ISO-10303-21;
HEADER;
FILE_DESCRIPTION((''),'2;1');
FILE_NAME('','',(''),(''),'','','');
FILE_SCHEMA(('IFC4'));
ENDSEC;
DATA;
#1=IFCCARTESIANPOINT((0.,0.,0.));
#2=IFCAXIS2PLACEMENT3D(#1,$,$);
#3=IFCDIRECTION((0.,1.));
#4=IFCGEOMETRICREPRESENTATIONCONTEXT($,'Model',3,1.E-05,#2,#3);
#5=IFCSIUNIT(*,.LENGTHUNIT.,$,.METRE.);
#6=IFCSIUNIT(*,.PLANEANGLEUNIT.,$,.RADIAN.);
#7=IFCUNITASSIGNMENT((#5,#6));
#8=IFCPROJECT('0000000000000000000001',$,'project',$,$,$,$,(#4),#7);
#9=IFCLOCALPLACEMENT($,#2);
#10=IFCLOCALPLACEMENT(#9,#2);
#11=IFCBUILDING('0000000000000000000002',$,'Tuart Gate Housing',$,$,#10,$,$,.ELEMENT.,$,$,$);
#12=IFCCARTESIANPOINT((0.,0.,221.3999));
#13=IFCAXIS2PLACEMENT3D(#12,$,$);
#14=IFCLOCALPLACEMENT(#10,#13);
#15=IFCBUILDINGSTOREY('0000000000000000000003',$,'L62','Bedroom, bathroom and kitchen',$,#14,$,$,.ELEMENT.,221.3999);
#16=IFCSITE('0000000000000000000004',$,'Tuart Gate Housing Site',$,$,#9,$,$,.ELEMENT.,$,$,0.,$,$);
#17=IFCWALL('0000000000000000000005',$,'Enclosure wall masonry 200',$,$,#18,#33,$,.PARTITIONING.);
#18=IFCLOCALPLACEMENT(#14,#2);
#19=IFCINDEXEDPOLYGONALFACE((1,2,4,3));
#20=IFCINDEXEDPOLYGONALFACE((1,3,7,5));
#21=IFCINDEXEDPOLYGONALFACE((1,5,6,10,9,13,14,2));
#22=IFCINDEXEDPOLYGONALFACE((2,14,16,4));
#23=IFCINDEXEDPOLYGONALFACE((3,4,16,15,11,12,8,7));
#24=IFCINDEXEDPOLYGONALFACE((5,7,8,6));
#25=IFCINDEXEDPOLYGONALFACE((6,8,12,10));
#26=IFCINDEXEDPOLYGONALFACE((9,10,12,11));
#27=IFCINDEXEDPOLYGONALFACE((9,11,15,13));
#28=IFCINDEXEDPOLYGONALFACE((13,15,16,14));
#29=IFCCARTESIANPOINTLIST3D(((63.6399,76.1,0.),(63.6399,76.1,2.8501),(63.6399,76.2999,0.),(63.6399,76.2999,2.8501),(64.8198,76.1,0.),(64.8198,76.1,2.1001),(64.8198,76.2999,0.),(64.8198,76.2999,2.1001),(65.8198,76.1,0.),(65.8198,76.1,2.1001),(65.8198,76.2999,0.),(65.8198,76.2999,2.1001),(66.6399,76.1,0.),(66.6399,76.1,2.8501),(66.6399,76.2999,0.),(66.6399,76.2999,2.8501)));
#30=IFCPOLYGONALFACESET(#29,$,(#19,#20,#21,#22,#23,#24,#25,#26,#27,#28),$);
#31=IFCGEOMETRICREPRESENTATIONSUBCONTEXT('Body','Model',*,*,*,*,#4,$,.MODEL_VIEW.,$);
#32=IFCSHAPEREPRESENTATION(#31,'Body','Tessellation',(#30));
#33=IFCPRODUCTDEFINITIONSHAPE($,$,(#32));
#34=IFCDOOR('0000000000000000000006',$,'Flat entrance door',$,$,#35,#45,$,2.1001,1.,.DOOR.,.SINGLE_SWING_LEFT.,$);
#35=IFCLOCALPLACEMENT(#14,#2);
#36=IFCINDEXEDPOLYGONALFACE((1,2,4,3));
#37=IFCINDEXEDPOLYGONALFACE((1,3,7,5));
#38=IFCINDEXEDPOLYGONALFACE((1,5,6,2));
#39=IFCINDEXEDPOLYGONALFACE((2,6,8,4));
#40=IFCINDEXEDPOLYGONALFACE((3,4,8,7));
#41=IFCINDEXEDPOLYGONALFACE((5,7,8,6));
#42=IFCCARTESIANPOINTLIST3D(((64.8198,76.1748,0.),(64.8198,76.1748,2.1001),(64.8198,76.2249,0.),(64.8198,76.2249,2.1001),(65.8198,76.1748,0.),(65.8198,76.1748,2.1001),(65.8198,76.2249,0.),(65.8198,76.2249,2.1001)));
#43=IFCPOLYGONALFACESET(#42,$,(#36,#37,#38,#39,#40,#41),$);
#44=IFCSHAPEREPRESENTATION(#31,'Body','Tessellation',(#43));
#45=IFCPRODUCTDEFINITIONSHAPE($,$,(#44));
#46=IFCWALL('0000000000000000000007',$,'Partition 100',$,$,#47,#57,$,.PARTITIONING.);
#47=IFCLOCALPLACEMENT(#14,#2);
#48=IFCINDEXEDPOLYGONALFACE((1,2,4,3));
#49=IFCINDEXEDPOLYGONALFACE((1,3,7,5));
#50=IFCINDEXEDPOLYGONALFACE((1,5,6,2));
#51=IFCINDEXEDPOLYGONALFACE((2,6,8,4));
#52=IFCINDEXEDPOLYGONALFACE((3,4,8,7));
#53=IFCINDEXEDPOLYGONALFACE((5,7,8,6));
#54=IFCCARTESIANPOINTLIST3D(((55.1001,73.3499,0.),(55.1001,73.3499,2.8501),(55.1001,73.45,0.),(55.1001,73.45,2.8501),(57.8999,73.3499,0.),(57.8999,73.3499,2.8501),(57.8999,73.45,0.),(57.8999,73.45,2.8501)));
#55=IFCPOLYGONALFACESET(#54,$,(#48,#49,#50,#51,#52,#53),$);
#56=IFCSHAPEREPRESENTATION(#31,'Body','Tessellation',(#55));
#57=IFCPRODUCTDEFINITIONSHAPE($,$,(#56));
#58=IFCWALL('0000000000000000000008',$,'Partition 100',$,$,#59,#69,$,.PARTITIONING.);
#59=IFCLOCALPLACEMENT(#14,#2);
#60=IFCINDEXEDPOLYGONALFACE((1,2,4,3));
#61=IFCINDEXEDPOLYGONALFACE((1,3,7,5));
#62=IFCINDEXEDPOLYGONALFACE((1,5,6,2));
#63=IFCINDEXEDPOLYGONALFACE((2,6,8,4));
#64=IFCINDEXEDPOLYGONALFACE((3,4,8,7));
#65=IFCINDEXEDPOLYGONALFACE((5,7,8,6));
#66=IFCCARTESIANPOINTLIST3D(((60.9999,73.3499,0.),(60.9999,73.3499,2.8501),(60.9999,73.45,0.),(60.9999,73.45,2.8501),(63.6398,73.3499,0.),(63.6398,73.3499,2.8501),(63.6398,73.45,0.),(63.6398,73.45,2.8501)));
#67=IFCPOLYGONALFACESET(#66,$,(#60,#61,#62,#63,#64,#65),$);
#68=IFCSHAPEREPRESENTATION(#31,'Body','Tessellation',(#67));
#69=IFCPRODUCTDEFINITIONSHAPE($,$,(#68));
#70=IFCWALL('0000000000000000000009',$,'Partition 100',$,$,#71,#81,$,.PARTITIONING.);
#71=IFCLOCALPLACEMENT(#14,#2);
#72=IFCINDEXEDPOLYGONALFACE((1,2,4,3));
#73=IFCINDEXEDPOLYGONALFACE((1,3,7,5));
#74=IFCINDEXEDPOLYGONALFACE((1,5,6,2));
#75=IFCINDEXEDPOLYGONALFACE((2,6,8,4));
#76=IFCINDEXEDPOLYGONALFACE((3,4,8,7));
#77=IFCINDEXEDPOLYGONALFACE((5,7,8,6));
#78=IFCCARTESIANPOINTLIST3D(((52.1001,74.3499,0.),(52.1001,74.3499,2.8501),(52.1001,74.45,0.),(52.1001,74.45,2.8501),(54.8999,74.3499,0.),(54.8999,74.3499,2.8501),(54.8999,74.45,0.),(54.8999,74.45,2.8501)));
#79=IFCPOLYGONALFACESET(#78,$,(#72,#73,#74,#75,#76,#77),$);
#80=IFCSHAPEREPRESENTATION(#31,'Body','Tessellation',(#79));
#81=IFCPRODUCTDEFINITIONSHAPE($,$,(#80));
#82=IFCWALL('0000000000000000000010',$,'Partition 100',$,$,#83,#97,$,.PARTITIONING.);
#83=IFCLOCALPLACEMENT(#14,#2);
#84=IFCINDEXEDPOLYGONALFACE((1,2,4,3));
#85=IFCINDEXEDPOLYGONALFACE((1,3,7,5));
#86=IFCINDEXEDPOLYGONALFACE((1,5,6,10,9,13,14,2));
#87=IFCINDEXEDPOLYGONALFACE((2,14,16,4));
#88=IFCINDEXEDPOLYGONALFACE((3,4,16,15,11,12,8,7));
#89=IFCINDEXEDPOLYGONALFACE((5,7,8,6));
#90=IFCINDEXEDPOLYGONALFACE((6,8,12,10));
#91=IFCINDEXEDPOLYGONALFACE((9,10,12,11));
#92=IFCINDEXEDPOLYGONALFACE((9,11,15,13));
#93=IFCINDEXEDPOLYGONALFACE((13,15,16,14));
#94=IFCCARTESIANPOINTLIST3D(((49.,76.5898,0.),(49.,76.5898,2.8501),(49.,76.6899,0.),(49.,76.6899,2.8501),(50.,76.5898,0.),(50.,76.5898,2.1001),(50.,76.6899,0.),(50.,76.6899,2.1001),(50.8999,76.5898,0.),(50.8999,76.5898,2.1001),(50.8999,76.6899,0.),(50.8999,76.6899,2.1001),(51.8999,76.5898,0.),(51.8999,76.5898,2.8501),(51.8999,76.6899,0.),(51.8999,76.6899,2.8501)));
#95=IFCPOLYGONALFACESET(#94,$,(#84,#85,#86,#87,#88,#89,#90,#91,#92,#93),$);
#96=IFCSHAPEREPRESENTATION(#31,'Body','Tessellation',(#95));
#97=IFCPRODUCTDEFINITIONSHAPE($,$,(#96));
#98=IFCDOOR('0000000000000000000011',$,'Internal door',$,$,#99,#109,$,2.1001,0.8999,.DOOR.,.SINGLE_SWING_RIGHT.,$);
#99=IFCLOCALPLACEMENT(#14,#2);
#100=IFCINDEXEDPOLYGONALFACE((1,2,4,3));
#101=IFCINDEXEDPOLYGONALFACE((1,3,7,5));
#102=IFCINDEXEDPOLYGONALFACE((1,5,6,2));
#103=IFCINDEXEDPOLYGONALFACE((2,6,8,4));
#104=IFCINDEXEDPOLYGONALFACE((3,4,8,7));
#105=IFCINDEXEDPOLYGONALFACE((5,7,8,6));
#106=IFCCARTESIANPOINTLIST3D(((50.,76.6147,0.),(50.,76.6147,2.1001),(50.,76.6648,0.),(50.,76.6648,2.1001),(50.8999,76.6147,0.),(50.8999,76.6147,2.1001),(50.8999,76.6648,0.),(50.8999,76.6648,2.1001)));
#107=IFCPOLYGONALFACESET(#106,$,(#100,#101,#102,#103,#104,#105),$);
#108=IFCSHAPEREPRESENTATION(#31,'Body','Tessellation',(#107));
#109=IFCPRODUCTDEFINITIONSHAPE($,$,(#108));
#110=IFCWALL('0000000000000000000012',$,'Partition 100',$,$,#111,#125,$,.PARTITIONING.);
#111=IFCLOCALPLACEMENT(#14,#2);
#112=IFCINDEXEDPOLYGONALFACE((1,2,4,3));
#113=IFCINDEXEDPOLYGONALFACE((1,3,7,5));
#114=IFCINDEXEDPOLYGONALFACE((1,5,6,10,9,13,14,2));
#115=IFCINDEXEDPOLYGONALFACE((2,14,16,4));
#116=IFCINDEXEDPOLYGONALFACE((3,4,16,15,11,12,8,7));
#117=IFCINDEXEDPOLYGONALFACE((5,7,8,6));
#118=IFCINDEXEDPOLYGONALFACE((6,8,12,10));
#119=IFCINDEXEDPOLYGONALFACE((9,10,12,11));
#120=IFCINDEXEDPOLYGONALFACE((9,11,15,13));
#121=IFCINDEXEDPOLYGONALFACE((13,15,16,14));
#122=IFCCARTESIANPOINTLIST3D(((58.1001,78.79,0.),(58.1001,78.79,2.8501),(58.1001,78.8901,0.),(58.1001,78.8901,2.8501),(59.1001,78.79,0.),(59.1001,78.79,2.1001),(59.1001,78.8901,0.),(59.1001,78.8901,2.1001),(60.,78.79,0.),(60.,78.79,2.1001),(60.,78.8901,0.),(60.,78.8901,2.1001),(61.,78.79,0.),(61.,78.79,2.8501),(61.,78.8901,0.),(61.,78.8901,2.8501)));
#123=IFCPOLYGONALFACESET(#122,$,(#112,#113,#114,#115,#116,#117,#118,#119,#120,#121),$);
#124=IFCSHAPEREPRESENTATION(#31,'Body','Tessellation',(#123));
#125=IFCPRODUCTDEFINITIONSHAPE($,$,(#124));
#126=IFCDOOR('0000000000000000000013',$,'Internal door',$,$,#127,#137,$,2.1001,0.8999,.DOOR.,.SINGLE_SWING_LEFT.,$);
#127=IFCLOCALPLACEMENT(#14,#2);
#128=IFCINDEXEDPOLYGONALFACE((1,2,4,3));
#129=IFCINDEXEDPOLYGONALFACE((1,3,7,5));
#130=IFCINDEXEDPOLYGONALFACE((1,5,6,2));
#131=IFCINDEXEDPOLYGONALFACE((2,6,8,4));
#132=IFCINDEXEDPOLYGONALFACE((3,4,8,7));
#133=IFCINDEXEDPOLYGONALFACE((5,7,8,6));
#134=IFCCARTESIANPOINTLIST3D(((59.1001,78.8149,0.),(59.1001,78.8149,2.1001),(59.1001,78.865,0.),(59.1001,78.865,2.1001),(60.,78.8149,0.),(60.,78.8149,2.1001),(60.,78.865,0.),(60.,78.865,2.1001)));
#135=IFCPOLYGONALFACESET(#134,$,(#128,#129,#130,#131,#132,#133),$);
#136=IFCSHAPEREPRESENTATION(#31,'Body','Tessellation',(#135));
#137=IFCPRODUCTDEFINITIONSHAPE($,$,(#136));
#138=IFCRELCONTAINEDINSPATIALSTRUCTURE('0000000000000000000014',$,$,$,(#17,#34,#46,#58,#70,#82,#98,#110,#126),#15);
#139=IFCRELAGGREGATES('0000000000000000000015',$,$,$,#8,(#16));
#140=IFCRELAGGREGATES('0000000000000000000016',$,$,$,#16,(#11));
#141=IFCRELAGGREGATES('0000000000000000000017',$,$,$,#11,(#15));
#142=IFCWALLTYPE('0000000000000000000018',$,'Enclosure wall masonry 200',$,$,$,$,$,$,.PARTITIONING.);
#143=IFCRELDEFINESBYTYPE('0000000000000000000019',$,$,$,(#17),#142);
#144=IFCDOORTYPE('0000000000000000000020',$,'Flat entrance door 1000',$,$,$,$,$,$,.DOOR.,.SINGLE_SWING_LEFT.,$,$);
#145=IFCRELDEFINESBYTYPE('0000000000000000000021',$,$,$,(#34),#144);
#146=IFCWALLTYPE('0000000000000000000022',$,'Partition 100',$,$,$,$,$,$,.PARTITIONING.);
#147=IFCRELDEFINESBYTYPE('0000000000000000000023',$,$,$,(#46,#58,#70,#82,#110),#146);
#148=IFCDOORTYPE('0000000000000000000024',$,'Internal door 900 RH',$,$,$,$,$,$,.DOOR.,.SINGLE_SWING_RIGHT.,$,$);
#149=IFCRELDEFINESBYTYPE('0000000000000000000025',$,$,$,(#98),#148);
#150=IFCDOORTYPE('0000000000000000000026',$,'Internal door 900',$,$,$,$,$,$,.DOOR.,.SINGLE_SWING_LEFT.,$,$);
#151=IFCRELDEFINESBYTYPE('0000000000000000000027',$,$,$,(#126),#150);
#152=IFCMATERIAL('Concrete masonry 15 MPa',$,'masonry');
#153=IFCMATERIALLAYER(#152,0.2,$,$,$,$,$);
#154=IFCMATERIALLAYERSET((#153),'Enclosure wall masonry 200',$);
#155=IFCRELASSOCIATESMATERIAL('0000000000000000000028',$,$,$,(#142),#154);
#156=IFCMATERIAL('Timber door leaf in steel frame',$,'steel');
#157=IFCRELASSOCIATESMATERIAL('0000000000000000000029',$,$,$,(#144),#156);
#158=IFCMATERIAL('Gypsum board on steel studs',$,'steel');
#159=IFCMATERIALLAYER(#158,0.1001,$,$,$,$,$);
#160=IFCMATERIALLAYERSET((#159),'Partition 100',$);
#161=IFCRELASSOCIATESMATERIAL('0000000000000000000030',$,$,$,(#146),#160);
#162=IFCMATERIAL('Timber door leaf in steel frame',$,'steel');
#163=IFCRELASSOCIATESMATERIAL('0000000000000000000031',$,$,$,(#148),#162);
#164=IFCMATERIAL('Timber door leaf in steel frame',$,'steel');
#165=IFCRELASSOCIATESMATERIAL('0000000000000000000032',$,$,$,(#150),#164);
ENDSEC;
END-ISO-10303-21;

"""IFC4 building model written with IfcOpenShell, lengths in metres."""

from ifc_helpers import new_model, si_unit, direction, frame, frame_2d, origin, place, context, subcontext, project, spatial, rectangle, extrude, material, layer, layer_set, type_object, element, fill, save


model = new_model("IFC4")

# Units and contexts
model_context = context("Model", 3, precision=1e-05, world=origin(), true_north=direction((0.0, 1.0)))
body_context = subcontext(model_context, "Body", "Model", "MODEL_VIEW")
ifc_project = project(units=[si_unit("LENGTHUNIT", "METRE"), si_unit("PLANEANGLEUNIT", "RADIAN")], contexts=[model_context])

# Site, building, storey
site_placement = place(None, origin())
site = spatial("IfcSite", under=ifc_project, at=site_placement, Name="Tuart Gate Housing Site", CompositionType="ELEMENT", RefElevation=0.0)
building_placement = place(site_placement, origin())
building = spatial("IfcBuilding", under=site, at=building_placement, Name="Tuart Gate Housing", CompositionType="ELEMENT")
storey_placement = place(building_placement, frame((0.0, 0.0, 221.3999)))
storey = spatial("IfcBuildingStorey", under=building, at=storey_placement, Name="L62", Description="Bedroom, bathroom and kitchen", CompositionType="ELEMENT", Elevation=221.3999)

# Wall, opening, door
ifc_material_1 = material(Name="Concrete masonry 15 MPa", Category="masonry")
ifc_layer_1 = layer(ifc_material_1, 0.2)
ifc_layer_set_1 = layer_set([ifc_layer_1], Name="Enclosure wall masonry 200")
wall_type_1 = type_object("IfcWallType", Name="Enclosure wall masonry 200", PredefinedType="PARTITIONING", material=ifc_layer_set_1)
wall_1_placement = place(storey_placement, frame((63.6399, 76.2, 0.0), z_axis=(0.0, 0.0, 1.0), x_axis=(1.0, 0.0, 0.0)))
wall_1 = element("IfcWall", 1, at=wall_1_placement, inside=storey, type_object=wall_type_1, Name="Enclosure wall masonry 200", PredefinedType="PARTITIONING", context=body_context, shape_type="SweptSolid", body=[
    extrude(rectangle(XDim=3.0, YDim=0.2, at=frame_2d((1.5, 0.0))), origin(), (0.0, 0.0, 1.0), 2.8501),
])
opening_1_placement = place(wall_1_placement, frame((1.1799, 0.0, 0.0)))
opening_1 = element("IfcOpeningElement", 2, at=opening_1_placement, cuts=wall_1, PredefinedType="OPENING", context=body_context, shape_type="SweptSolid", body=[
    extrude(rectangle(XDim=1.0, YDim=2.1001, at=frame_2d((0.5, 1.05))), frame((0.0, 0.1099, 0.0), z_axis=(0.0, -1.0, 0.0), x_axis=(1.0, 0.0, 0.0)), (0.0, 0.0, 1.0), 0.22),
])
ifc_material_2 = material(Name="Timber door leaf in steel frame", Category="steel")
door_type_1 = type_object("IfcDoorType", Name="Flat entrance door 1000", OperationType="SINGLE_SWING_LEFT", PredefinedType="DOOR", material=ifc_material_2)
door_1_placement = place(opening_1_placement, origin())
door_1 = element("IfcDoor", 3, at=door_1_placement, inside=storey, type_object=door_type_1, Name="Flat entrance door", OperationType="SINGLE_SWING_LEFT", OverallHeight=2.1001, OverallWidth=1.0, PredefinedType="DOOR", context=body_context, shape_type="SweptSolid", body=[
    extrude(rectangle(XDim=1.0, YDim=2.1001, at=frame_2d((0.5, 1.05))), frame((0.0, 0.0249, 0.0), z_axis=(0.0, -1.0, 0.0), x_axis=(1.0, 0.0, 0.0)), (0.0, 0.0, 1.0), 0.05),
])
fill(opening_1, door_1)

# Walls
ifc_material_3 = material(Name="Gypsum board on steel studs", Category="steel")
ifc_layer_2 = layer(ifc_material_3, 0.1001)
ifc_layer_set_2 = layer_set([ifc_layer_2], Name="Partition 100")
wall_type_2 = type_object("IfcWallType", Name="Partition 100", PredefinedType="PARTITIONING", material=ifc_layer_set_2)
wall_2_placement = place(storey_placement, frame((55.1001, 73.3999, 0.0), z_axis=(0.0, 0.0, 1.0), x_axis=(1.0, 0.0, 0.0)))
element("IfcWall", 4, at=wall_2_placement, inside=storey, type_object=wall_type_2, Name="Partition 100", PredefinedType="PARTITIONING", context=body_context, shape_type="SweptSolid", body=[
    extrude(rectangle(XDim=2.7998, YDim=0.1001, at=frame_2d((1.3999, 0.0))), origin(), (0.0, 0.0, 1.0), 2.8501),
])
wall_3_placement = place(storey_placement, frame((61.0, 73.3999, 0.0), z_axis=(0.0, 0.0, 1.0), x_axis=(1.0, 0.0, 0.0)))
element("IfcWall", 5, at=wall_3_placement, inside=storey, type_object=wall_type_2, Name="Partition 100", PredefinedType="PARTITIONING", context=body_context, shape_type="SweptSolid", body=[
    extrude(rectangle(XDim=2.6399, YDim=0.1001, at=frame_2d((1.3198, 0.0))), origin(), (0.0, 0.0, 1.0), 2.8501),
])
wall_4_placement = place(storey_placement, frame((52.1001, 74.3999, 0.0), z_axis=(0.0, 0.0, 1.0), x_axis=(1.0, 0.0, 0.0)))
element("IfcWall", 6, at=wall_4_placement, inside=storey, type_object=wall_type_2, Name="Partition 100", PredefinedType="PARTITIONING", context=body_context, shape_type="SweptSolid", body=[
    extrude(rectangle(XDim=2.7998, YDim=0.1001, at=frame_2d((1.3999, 0.0))), origin(), (0.0, 0.0, 1.0), 2.8501),
])

# Walls, openings, doors
wall_5_placement = place(storey_placement, frame((49.0, 76.6399, 0.0), z_axis=(0.0, 0.0, 1.0), x_axis=(1.0, 0.0, 0.0)))
wall_5 = element("IfcWall", 7, at=wall_5_placement, inside=storey, type_object=wall_type_2, Name="Partition 100", PredefinedType="PARTITIONING", context=body_context, shape_type="SweptSolid", body=[
    extrude(rectangle(XDim=2.8999, YDim=0.1001, at=frame_2d((1.45, 0.0))), origin(), (0.0, 0.0, 1.0), 2.8501),
])
opening_2_placement = place(wall_5_placement, frame((1.0, 0.0, 0.0)))
opening_2 = element("IfcOpeningElement", 8, at=opening_2_placement, cuts=wall_5, PredefinedType="OPENING", context=body_context, shape_type="SweptSolid", body=[
    extrude(rectangle(XDim=0.8999, YDim=2.1001, at=frame_2d((0.45, 1.05))), frame((0.0, 0.0601, 0.0), z_axis=(0.0, -1.0, 0.0), x_axis=(1.0, 0.0, 0.0)), (0.0, 0.0, 1.0), 0.1201),
])
ifc_material_4 = material(Name="Timber door leaf in steel frame", Category="steel")
door_type_2 = type_object("IfcDoorType", Name="Internal door 900 RH", OperationType="SINGLE_SWING_RIGHT", PredefinedType="DOOR", material=ifc_material_4)
door_2_placement = place(opening_2_placement, frame((0.8999, 0.0, 0.0), z_axis=(0.0, 0.0, 1.0), x_axis=(-1.0, 0.0, 0.0)))
door_2 = element("IfcDoor", 9, at=door_2_placement, inside=storey, type_object=door_type_2, Name="Internal door", OperationType="SINGLE_SWING_RIGHT", OverallHeight=2.1001, OverallWidth=0.8999, PredefinedType="DOOR", context=body_context, shape_type="SweptSolid", body=[
    extrude(rectangle(XDim=0.8999, YDim=2.1001, at=frame_2d((0.45, 1.05))), frame((0.0, 0.0251, 0.0), z_axis=(0.0, -1.0, 0.0), x_axis=(1.0, 0.0, 0.0)), (0.0, 0.0, 1.0), 0.05),
])
fill(opening_2, door_2)
wall_6_placement = place(storey_placement, frame((58.1001, 78.8401, 0.0), z_axis=(0.0, 0.0, 1.0), x_axis=(1.0, 0.0, 0.0)))
wall_6 = element("IfcWall", 10, at=wall_6_placement, inside=storey, type_object=wall_type_2, Name="Partition 100", PredefinedType="PARTITIONING", context=body_context, shape_type="SweptSolid", body=[
    extrude(rectangle(XDim=2.8999, YDim=0.1001, at=frame_2d((1.45, 0.0))), origin(), (0.0, 0.0, 1.0), 2.8501),
])
opening_3_placement = place(wall_6_placement, frame((1.0, 0.0, 0.0)))
opening_3 = element("IfcOpeningElement", 11, at=opening_3_placement, cuts=wall_6, PredefinedType="OPENING", context=body_context, shape_type="SweptSolid", body=[
    extrude(rectangle(XDim=0.8999, YDim=2.1001, at=frame_2d((0.45, 1.05))), frame((0.0, 0.0601, 0.0), z_axis=(0.0, -1.0, 0.0), x_axis=(1.0, 0.0, 0.0)), (0.0, 0.0, 1.0), 0.1201),
])
ifc_material_5 = material(Name="Timber door leaf in steel frame", Category="steel")
door_type_3 = type_object("IfcDoorType", Name="Internal door 900", OperationType="SINGLE_SWING_LEFT", PredefinedType="DOOR", material=ifc_material_5)
door_3_placement = place(opening_3_placement, frame((0.8999, 0.0, 0.0), z_axis=(0.0, 0.0, 1.0), x_axis=(-1.0, 0.0, 0.0)))
door_3 = element("IfcDoor", 12, at=door_3_placement, inside=storey, type_object=door_type_3, Name="Internal door", OperationType="SINGLE_SWING_LEFT", OverallHeight=2.1001, OverallWidth=0.8999, PredefinedType="DOOR", context=body_context, shape_type="SweptSolid", body=[
    extrude(rectangle(XDim=0.8999, YDim=2.1001, at=frame_2d((0.45, 1.05))), frame((0.0, 0.0251, 0.0), z_axis=(0.0, -1.0, 0.0), x_axis=(1.0, 0.0, 0.0)), (0.0, 0.0, 1.0), 0.05),
])
fill(opening_3, door_3)

save(model, "model.ifc")
